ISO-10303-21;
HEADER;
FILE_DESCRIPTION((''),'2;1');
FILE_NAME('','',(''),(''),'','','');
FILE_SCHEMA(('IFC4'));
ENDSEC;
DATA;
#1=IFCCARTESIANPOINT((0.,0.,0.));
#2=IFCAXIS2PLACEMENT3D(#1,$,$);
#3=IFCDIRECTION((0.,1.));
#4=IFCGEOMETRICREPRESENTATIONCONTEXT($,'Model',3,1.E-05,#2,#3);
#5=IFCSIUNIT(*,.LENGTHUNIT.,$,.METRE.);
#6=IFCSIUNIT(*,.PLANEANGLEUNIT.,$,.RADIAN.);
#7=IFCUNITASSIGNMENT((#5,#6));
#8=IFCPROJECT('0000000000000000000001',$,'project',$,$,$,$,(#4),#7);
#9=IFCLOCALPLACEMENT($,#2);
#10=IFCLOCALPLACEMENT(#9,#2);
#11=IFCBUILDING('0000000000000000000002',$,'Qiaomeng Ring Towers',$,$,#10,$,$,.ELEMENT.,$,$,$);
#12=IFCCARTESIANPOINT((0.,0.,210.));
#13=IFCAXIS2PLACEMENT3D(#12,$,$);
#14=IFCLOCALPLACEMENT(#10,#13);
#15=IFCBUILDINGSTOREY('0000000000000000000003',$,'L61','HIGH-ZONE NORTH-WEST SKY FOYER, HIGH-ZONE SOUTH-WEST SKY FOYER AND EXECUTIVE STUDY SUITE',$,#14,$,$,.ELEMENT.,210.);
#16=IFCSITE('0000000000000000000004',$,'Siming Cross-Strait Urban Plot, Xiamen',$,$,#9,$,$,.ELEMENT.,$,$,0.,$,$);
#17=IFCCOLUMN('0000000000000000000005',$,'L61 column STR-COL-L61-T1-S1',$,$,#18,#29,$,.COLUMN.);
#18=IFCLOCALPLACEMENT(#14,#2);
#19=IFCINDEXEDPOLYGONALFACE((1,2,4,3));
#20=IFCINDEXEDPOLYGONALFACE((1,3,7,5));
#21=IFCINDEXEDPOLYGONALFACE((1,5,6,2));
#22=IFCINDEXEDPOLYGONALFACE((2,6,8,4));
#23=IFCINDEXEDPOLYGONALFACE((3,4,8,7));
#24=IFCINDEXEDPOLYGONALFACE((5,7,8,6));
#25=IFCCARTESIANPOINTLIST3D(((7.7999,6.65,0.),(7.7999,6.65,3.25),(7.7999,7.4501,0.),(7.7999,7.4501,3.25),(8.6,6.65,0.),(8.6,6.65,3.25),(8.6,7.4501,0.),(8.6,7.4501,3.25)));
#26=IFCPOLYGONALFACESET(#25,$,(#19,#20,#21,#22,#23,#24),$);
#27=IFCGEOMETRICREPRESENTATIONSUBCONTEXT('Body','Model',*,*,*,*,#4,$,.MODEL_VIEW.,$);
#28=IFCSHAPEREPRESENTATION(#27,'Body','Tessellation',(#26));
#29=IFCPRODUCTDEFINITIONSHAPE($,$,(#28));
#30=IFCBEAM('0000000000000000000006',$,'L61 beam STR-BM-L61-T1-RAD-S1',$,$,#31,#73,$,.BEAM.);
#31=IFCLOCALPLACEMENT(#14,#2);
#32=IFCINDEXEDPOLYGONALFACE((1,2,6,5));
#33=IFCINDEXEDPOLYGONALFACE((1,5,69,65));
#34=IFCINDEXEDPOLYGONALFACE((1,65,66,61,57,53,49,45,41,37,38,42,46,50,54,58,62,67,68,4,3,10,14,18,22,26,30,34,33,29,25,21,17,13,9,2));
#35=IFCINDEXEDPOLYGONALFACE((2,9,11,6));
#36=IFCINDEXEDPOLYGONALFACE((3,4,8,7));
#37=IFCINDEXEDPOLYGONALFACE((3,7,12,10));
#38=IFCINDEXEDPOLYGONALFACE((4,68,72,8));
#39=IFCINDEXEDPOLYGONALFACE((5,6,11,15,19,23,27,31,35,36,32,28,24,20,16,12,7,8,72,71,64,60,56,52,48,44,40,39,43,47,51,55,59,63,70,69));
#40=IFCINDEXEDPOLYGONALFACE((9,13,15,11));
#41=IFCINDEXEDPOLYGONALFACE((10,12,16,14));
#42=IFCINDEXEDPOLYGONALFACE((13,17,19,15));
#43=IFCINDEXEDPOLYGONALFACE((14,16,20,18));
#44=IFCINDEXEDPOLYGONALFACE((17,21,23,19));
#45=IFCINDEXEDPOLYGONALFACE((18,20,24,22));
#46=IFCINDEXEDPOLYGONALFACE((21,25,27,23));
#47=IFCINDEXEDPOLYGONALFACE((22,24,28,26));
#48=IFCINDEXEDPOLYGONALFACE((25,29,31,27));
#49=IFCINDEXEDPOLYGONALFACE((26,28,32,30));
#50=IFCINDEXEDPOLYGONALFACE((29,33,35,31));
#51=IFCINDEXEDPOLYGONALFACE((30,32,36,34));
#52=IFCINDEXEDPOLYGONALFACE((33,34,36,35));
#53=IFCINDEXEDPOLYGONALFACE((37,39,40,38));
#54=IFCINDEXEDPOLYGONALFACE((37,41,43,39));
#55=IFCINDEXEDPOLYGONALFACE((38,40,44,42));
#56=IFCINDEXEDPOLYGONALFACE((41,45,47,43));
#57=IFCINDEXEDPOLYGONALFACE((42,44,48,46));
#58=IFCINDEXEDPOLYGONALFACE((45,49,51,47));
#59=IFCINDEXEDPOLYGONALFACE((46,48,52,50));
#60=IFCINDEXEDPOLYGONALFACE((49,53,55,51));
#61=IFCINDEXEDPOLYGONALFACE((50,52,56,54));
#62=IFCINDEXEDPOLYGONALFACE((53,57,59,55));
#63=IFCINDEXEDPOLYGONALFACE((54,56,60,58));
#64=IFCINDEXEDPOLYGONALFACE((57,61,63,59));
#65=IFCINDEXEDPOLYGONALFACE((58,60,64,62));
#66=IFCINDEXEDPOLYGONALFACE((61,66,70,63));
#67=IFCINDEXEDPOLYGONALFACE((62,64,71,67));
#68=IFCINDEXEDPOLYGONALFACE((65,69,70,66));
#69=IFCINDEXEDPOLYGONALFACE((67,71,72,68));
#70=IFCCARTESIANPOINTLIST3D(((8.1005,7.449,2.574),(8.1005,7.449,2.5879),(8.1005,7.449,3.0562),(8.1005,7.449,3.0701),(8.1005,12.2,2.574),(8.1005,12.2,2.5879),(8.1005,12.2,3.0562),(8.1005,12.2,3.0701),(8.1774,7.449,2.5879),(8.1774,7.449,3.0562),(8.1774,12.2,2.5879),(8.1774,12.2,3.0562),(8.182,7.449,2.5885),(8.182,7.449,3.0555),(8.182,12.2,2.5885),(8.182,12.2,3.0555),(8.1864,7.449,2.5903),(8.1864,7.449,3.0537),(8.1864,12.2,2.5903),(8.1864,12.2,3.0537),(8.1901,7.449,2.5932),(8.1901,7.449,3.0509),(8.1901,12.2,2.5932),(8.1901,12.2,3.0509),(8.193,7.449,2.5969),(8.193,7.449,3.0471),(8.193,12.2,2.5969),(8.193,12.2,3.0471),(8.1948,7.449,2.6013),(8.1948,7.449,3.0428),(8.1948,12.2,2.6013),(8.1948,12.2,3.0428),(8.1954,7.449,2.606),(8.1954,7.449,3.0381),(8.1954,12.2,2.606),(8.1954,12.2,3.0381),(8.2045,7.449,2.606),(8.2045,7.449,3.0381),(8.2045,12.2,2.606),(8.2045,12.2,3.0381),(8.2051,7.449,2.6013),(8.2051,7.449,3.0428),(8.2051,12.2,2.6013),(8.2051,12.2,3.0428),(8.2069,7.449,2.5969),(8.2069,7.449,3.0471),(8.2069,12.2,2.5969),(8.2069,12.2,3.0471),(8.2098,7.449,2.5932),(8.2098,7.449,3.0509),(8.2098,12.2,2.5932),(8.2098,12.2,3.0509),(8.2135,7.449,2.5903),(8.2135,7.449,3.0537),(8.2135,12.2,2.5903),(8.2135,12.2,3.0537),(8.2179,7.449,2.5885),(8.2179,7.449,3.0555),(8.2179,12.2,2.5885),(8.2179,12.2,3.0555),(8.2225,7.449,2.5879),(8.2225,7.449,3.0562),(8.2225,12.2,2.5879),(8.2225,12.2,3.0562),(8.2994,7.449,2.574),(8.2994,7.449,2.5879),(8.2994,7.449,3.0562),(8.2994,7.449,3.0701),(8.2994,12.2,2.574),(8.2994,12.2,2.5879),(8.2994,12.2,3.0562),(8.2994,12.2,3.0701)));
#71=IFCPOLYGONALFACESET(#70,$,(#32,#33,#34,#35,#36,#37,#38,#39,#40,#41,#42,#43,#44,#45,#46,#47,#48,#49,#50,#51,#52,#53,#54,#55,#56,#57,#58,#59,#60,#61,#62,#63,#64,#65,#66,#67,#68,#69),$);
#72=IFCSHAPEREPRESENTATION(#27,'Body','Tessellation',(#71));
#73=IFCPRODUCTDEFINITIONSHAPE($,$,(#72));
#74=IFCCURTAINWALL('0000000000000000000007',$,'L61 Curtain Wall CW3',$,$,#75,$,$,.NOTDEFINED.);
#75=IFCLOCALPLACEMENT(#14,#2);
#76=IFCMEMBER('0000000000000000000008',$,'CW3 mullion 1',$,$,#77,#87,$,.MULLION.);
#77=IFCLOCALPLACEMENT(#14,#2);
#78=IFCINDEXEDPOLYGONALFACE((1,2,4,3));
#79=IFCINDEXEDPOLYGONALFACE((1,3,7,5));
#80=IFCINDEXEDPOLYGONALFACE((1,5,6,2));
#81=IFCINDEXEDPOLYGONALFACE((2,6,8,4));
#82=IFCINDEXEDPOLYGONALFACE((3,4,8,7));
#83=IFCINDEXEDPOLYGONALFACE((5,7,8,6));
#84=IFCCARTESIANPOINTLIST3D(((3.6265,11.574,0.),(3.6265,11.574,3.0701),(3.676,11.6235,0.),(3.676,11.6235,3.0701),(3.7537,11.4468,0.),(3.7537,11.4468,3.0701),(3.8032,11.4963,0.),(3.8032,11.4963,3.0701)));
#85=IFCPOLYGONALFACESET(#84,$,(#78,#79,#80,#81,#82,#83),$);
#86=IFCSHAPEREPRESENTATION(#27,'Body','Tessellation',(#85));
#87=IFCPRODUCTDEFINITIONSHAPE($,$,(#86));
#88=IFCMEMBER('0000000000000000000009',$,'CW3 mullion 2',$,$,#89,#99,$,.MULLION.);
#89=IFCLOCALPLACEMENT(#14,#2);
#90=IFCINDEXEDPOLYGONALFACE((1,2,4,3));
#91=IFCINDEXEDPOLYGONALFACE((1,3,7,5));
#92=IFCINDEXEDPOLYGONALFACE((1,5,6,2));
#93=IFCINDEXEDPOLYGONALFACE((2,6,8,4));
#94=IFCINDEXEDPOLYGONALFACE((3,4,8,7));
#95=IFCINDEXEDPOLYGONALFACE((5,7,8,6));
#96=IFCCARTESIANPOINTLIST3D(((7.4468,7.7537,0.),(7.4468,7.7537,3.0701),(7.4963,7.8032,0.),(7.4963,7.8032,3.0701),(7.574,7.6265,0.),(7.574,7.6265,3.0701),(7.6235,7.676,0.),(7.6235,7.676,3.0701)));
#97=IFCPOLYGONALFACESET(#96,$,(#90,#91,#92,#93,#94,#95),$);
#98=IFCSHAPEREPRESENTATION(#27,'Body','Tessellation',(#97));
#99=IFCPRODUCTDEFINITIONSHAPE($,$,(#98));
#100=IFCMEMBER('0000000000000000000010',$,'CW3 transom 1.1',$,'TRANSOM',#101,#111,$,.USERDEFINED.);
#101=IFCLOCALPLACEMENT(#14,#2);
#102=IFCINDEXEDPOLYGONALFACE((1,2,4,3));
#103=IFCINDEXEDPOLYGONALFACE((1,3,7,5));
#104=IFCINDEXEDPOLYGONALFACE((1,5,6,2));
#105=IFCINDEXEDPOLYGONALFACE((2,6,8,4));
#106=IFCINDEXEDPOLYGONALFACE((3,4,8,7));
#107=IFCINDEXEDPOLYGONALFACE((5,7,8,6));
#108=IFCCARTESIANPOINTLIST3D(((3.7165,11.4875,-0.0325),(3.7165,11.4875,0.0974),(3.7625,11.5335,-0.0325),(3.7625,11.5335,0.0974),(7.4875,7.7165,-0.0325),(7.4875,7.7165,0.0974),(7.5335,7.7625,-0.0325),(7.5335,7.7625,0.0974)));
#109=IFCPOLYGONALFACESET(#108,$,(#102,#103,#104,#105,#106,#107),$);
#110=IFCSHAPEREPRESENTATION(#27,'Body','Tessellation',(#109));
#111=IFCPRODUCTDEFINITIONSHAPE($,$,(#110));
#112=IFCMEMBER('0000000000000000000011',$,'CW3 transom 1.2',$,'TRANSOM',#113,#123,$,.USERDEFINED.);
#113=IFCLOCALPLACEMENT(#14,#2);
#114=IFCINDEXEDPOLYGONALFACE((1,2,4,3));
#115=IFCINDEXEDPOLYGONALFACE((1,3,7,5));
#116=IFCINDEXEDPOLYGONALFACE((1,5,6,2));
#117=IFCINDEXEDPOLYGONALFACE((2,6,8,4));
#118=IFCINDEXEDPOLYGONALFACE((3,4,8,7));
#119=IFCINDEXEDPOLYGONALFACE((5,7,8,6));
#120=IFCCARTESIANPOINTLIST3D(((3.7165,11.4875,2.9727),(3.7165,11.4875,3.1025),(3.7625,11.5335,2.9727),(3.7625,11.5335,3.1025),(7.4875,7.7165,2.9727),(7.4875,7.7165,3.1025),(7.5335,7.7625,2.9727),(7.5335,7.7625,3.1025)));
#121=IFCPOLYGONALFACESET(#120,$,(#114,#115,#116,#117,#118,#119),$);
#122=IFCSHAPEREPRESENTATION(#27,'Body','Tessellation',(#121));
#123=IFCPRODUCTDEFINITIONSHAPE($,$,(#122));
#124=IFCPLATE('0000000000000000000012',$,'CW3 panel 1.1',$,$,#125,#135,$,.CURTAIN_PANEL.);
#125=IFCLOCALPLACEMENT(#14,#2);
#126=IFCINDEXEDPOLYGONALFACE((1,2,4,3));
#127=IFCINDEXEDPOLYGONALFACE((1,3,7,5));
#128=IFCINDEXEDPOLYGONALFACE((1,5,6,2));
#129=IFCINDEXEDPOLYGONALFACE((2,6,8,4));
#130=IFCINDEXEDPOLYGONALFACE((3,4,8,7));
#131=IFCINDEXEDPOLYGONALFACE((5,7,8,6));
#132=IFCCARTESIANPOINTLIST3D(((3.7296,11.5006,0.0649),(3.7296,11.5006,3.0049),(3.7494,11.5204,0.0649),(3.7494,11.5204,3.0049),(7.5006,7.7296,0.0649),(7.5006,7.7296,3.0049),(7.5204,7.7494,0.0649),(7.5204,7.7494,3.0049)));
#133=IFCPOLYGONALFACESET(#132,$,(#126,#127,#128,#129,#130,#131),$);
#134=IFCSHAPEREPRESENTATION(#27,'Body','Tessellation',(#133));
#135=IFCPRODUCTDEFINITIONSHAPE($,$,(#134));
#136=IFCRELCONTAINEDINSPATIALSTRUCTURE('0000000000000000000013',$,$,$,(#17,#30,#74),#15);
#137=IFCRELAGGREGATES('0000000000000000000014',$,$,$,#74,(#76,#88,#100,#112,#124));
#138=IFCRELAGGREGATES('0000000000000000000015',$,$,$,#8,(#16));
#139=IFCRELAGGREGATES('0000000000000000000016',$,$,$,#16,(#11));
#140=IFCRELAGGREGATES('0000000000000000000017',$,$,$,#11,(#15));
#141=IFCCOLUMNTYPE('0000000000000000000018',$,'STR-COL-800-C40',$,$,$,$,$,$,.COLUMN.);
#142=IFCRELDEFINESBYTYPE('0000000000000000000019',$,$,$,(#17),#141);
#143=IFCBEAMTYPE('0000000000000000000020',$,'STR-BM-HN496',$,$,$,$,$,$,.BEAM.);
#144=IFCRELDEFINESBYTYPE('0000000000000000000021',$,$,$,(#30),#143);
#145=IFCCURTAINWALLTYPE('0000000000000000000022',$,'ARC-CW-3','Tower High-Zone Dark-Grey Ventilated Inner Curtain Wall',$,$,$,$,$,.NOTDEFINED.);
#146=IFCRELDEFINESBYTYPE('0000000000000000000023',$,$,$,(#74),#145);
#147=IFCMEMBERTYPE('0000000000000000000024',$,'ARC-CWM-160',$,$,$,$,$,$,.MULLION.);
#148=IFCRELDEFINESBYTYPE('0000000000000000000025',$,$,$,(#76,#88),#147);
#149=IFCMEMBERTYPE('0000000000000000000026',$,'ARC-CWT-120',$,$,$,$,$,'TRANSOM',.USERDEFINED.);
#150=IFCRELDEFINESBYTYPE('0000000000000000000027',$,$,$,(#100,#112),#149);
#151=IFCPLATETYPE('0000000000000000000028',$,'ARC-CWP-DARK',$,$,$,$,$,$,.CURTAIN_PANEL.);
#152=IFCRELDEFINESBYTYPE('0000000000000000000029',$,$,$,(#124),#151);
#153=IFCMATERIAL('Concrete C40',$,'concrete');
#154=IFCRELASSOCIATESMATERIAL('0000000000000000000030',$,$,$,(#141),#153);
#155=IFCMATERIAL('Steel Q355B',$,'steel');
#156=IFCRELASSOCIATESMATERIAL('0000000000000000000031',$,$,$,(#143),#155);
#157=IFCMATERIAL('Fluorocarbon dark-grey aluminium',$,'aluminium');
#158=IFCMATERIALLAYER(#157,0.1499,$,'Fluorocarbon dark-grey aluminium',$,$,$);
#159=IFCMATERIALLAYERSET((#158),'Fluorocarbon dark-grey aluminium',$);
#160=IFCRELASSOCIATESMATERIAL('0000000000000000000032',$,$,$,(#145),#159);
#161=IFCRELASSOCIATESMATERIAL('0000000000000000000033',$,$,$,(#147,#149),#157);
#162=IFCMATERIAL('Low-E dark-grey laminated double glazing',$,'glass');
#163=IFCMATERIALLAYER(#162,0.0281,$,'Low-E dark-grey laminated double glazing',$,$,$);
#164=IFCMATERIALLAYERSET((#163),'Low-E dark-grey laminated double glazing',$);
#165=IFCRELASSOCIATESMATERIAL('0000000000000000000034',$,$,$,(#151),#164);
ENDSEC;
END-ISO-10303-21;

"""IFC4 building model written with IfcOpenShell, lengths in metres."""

from ifc_helpers import new_model, si_unit, direction, frame, origin, origin_2d, place, context, subcontext, project, spatial, rectangle, i_section, extrude, source, transform, mapped, material, layer, layer_set, material_profile, profile_set, type_object, element, aggregate, save


model = new_model("IFC4")

# Units and contexts
model_context = context("Model", 3, precision=1e-05, world=origin(), true_north=direction((0.0, 1.0)))
body_context = subcontext(model_context, "Body", "Model", "MODEL_VIEW")
ifc_project = project(units=[si_unit("LENGTHUNIT", "METRE"), si_unit("PLANEANGLEUNIT", "RADIAN")], contexts=[model_context])

# Site, building, storey
site_placement = place(None, origin())
site = spatial("IfcSite", under=ifc_project, at=site_placement, Name="Siming Cross-Strait Urban Plot, Xiamen", CompositionType="ELEMENT", RefElevation=0.0)
building_placement = place(site_placement, origin())
building = spatial("IfcBuilding", under=site, at=building_placement, Name="Qiaomeng Ring Towers", CompositionType="ELEMENT")
storey_placement = place(building_placement, frame((0.0, 0.0, 210.0)))
storey = spatial("IfcBuildingStorey", under=building, at=storey_placement, Name="L61", Description="HIGH-ZONE NORTH-WEST SKY FOYER, HIGH-ZONE SOUTH-WEST SKY FOYER AND EXECUTIVE STUDY SUITE", CompositionType="ELEMENT", Elevation=210.0)

# Column
ifc_material_1 = material(Name="Concrete C40", Category="concrete")
ifc_material_profile_1 = material_profile(ifc_material_1, rectangle(XDim=0.8, YDim=0.8, at=origin_2d()), Name="RC COL 800x800")
ifc_profile_set_1 = profile_set([ifc_material_profile_1], Name="Concrete C40")
column_type = type_object("IfcColumnType", Name="STR-COL-800-C40", PredefinedType="COLUMN", material=ifc_profile_set_1)
shared_shape_1 = source(origin(), body_context, "Body", "SweptSolid", [
    extrude(rectangle(XDim=0.8, YDim=0.8, at=origin_2d()), origin(), (0.0, 0.0, 1.0), 3.25),
])
column_placement = place(storey_placement, frame((8.2, 7.05, 0.0), z_axis=(0.0, 0.0, 1.0), x_axis=(1.0, 0.0, 0.0)))
element("IfcColumn", 1, at=column_placement, inside=storey, type_object=column_type, Name="L61 column STR-COL-L61-T1-S1", PredefinedType="COLUMN", context=body_context, shape_type="MappedRepresentation", body=[
    mapped(shared_shape_1, transform((0.0, 0.0, 0.0), x_axis=(1.0, 0.0, 0.0), y_axis=(0.0, 1.0, 0.0), z_axis=(0.0, 0.0, 1.0), scale=1.0)),
])

# Beam
ifc_material_2 = material(Name="Steel Q355B", Category="steel")
ifc_material_profile_2 = material_profile(ifc_material_2, i_section(OverallWidth=0.199, OverallDepth=0.4961, WebThickness=0.009, FlangeThickness=0.0139, FilletRadius=0.0181, at=origin_2d()), Name="HN 496x199x9x14")
ifc_profile_set_2 = profile_set([ifc_material_profile_2], Name="Steel Q355B")
beam_type = type_object("IfcBeamType", Name="STR-BM-HN496", PredefinedType="BEAM", material=ifc_profile_set_2)
shared_shape_2 = source(origin(), body_context, "Body", "SweptSolid", [
    extrude(i_section(OverallWidth=0.199, OverallDepth=0.4961, WebThickness=0.009, FlangeThickness=0.0139, FilletRadius=0.0181, at=origin_2d()), origin(), (0.0, 0.0, 1.0), 4.751),
])
beam_placement = place(storey_placement, frame((8.2, 7.449, 2.822), z_axis=(0.0, 1.0, 0.0), x_axis=(-1.0, 0.0, 0.0)))
element("IfcBeam", 2, at=beam_placement, inside=storey, type_object=beam_type, Name="L61 beam STR-BM-L61-T1-RAD-S1", PredefinedType="BEAM", context=body_context, shape_type="MappedRepresentation", body=[
    mapped(shared_shape_2, transform((0.0, 0.0, 0.0), x_axis=(1.0, 0.0, 0.0), y_axis=(0.0, 1.0, 0.0), z_axis=(0.0, 0.0, 1.0), scale=1.0)),
])

# Curtain wall, members, plate
ifc_material_3 = material(Name="Fluorocarbon dark-grey aluminium", Category="aluminium")
ifc_layer_1 = layer(ifc_material_3, 0.1499, Name="Fluorocarbon dark-grey aluminium")
ifc_layer_set_1 = layer_set([ifc_layer_1], Name="Fluorocarbon dark-grey aluminium")
curtain_wall_type = type_object("IfcCurtainWallType", Name="ARC-CW-3", Description="Tower High-Zone Dark-Grey Ventilated Inner Curtain Wall", PredefinedType="NOTDEFINED", material=ifc_layer_set_1)
curtain_wall_placement = place(storey_placement, origin())
curtain_wall = element("IfcCurtainWall", 3, at=curtain_wall_placement, inside=storey, type_object=curtain_wall_type, Name="L61 Curtain Wall CW3", PredefinedType="NOTDEFINED")
ifc_material_profile_3 = material_profile(ifc_material_3, rectangle(XDim=0.0701, YDim=0.1799, at=origin_2d()), Name="ALU MULL 70x180")
ifc_profile_set_3 = profile_set([ifc_material_profile_3], Name="Fluorocarbon dark-grey aluminium")
member_type_1 = type_object("IfcMemberType", Name="ARC-CWM-160", PredefinedType="MULLION", material=ifc_profile_set_3)
shared_shape_3 = source(origin(), body_context, "Body", "SweptSolid", [
    extrude(rectangle(XDim=0.0701, YDim=0.1799, at=origin_2d()), origin(), (0.0, 0.0, 1.0), 3.0701),
])
member_1_placement = place(storey_placement, frame((3.7148, 11.5352, 0.0), z_axis=(0.0, 0.0, 1.0), x_axis=(0.707107, 0.707107, 0.0)))
member_1 = element("IfcMember", 4, at=member_1_placement, type_object=member_type_1, Name="CW3 mullion 1", PredefinedType="MULLION", context=body_context, shape_type="MappedRepresentation", body=[
    mapped(shared_shape_3, transform((0.0, 0.0, 0.0), x_axis=(1.0, 0.0, 0.0), y_axis=(0.0, 1.0, 0.0), z_axis=(0.0, 0.0, 1.0), scale=1.0)),
])
member_2_placement = place(storey_placement, frame((7.5352, 7.7148, 0.0), z_axis=(0.0, 0.0, 1.0), x_axis=(0.707107, 0.707107, 0.0)))
member_2 = element("IfcMember", 5, at=member_2_placement, type_object=member_type_1, Name="CW3 mullion 2", PredefinedType="MULLION", context=body_context, shape_type="MappedRepresentation", body=[
    mapped(shared_shape_3, transform((0.0, 0.0, 0.0), x_axis=(1.0, 0.0, 0.0), y_axis=(0.0, 1.0, 0.0), z_axis=(0.0, 0.0, 1.0), scale=1.0)),
])
ifc_material_profile_4 = material_profile(ifc_material_3, rectangle(XDim=0.0649, YDim=0.1299, at=origin_2d()), Name="ALU TRAN 65x130")
ifc_profile_set_4 = profile_set([ifc_material_profile_4], Name="Fluorocarbon dark-grey aluminium")
member_type_2 = type_object("IfcMemberType", Name="ARC-CWT-120", ElementType="TRANSOM", PredefinedType="USERDEFINED", material=ifc_profile_set_4)
shared_shape_4 = source(origin(), body_context, "Body", "SweptSolid", [
    extrude(rectangle(XDim=0.0649, YDim=0.1299, at=origin_2d()), origin(), (0.0, 0.0, 1.0), 5.333),
])
member_3_placement = place(storey_placement, frame((3.7395, 11.5105, 0.0325), z_axis=(0.707107, -0.707107, 0.0), x_axis=(0.707107, 0.707107, 0.0)))
member_3 = element("IfcMember", 6, at=member_3_placement, type_object=member_type_2, Name="CW3 transom 1.1", ObjectType="TRANSOM", PredefinedType="USERDEFINED", context=body_context, shape_type="MappedRepresentation", body=[
    mapped(shared_shape_4, transform((0.0, 0.0, 0.0), x_axis=(1.0, 0.0, 0.0), y_axis=(0.0, 1.0, 0.0), z_axis=(0.0, 0.0, 1.0), scale=1.0)),
])
member_4_placement = place(storey_placement, frame((3.7395, 11.5105, 3.0376), z_axis=(0.707107, -0.707107, 0.0), x_axis=(0.707107, 0.707107, 0.0)))
member_4 = element("IfcMember", 7, at=member_4_placement, type_object=member_type_2, Name="CW3 transom 1.2", ObjectType="TRANSOM", PredefinedType="USERDEFINED", context=body_context, shape_type="MappedRepresentation", body=[
    mapped(shared_shape_4, transform((0.0, 0.0, 0.0), x_axis=(1.0, 0.0, 0.0), y_axis=(0.0, 1.0, 0.0), z_axis=(0.0, 0.0, 1.0), scale=1.0)),
])
ifc_material_4 = material(Name="Low-E dark-grey laminated double glazing", Category="glass")
ifc_layer_2 = layer(ifc_material_4, 0.0281, Name="Low-E dark-grey laminated double glazing")
ifc_layer_set_2 = layer_set([ifc_layer_2], Name="Low-E dark-grey laminated double glazing")
plate_type = type_object("IfcPlateType", Name="ARC-CWP-DARK", PredefinedType="CURTAIN_PANEL", material=ifc_layer_set_2)
shared_shape_5 = source(origin(), body_context, "Body", "SweptSolid", [
    extrude(rectangle(XDim=5.333, YDim=0.0281, at=origin_2d()), origin(), (0.0, 0.0, 1.0), 2.9399),
])
plate_placement = place(storey_placement, frame((5.625, 9.625, 0.0649), z_axis=(0.0, 0.0, 1.0), x_axis=(0.707107, -0.707107, 0.0)))
plate = element("IfcPlate", 8, at=plate_placement, type_object=plate_type, Name="CW3 panel 1.1", PredefinedType="CURTAIN_PANEL", context=body_context, shape_type="MappedRepresentation", body=[
    mapped(shared_shape_5, transform((0.0, 0.0, 0.0), x_axis=(1.0, 0.0, 0.0), y_axis=(0.0, 1.0, 0.0), z_axis=(0.0, 0.0, 1.0), scale=1.0)),
])
aggregate(curtain_wall, [member_1, member_2, member_3, member_4, plate])

save(model, "model.ifc")
